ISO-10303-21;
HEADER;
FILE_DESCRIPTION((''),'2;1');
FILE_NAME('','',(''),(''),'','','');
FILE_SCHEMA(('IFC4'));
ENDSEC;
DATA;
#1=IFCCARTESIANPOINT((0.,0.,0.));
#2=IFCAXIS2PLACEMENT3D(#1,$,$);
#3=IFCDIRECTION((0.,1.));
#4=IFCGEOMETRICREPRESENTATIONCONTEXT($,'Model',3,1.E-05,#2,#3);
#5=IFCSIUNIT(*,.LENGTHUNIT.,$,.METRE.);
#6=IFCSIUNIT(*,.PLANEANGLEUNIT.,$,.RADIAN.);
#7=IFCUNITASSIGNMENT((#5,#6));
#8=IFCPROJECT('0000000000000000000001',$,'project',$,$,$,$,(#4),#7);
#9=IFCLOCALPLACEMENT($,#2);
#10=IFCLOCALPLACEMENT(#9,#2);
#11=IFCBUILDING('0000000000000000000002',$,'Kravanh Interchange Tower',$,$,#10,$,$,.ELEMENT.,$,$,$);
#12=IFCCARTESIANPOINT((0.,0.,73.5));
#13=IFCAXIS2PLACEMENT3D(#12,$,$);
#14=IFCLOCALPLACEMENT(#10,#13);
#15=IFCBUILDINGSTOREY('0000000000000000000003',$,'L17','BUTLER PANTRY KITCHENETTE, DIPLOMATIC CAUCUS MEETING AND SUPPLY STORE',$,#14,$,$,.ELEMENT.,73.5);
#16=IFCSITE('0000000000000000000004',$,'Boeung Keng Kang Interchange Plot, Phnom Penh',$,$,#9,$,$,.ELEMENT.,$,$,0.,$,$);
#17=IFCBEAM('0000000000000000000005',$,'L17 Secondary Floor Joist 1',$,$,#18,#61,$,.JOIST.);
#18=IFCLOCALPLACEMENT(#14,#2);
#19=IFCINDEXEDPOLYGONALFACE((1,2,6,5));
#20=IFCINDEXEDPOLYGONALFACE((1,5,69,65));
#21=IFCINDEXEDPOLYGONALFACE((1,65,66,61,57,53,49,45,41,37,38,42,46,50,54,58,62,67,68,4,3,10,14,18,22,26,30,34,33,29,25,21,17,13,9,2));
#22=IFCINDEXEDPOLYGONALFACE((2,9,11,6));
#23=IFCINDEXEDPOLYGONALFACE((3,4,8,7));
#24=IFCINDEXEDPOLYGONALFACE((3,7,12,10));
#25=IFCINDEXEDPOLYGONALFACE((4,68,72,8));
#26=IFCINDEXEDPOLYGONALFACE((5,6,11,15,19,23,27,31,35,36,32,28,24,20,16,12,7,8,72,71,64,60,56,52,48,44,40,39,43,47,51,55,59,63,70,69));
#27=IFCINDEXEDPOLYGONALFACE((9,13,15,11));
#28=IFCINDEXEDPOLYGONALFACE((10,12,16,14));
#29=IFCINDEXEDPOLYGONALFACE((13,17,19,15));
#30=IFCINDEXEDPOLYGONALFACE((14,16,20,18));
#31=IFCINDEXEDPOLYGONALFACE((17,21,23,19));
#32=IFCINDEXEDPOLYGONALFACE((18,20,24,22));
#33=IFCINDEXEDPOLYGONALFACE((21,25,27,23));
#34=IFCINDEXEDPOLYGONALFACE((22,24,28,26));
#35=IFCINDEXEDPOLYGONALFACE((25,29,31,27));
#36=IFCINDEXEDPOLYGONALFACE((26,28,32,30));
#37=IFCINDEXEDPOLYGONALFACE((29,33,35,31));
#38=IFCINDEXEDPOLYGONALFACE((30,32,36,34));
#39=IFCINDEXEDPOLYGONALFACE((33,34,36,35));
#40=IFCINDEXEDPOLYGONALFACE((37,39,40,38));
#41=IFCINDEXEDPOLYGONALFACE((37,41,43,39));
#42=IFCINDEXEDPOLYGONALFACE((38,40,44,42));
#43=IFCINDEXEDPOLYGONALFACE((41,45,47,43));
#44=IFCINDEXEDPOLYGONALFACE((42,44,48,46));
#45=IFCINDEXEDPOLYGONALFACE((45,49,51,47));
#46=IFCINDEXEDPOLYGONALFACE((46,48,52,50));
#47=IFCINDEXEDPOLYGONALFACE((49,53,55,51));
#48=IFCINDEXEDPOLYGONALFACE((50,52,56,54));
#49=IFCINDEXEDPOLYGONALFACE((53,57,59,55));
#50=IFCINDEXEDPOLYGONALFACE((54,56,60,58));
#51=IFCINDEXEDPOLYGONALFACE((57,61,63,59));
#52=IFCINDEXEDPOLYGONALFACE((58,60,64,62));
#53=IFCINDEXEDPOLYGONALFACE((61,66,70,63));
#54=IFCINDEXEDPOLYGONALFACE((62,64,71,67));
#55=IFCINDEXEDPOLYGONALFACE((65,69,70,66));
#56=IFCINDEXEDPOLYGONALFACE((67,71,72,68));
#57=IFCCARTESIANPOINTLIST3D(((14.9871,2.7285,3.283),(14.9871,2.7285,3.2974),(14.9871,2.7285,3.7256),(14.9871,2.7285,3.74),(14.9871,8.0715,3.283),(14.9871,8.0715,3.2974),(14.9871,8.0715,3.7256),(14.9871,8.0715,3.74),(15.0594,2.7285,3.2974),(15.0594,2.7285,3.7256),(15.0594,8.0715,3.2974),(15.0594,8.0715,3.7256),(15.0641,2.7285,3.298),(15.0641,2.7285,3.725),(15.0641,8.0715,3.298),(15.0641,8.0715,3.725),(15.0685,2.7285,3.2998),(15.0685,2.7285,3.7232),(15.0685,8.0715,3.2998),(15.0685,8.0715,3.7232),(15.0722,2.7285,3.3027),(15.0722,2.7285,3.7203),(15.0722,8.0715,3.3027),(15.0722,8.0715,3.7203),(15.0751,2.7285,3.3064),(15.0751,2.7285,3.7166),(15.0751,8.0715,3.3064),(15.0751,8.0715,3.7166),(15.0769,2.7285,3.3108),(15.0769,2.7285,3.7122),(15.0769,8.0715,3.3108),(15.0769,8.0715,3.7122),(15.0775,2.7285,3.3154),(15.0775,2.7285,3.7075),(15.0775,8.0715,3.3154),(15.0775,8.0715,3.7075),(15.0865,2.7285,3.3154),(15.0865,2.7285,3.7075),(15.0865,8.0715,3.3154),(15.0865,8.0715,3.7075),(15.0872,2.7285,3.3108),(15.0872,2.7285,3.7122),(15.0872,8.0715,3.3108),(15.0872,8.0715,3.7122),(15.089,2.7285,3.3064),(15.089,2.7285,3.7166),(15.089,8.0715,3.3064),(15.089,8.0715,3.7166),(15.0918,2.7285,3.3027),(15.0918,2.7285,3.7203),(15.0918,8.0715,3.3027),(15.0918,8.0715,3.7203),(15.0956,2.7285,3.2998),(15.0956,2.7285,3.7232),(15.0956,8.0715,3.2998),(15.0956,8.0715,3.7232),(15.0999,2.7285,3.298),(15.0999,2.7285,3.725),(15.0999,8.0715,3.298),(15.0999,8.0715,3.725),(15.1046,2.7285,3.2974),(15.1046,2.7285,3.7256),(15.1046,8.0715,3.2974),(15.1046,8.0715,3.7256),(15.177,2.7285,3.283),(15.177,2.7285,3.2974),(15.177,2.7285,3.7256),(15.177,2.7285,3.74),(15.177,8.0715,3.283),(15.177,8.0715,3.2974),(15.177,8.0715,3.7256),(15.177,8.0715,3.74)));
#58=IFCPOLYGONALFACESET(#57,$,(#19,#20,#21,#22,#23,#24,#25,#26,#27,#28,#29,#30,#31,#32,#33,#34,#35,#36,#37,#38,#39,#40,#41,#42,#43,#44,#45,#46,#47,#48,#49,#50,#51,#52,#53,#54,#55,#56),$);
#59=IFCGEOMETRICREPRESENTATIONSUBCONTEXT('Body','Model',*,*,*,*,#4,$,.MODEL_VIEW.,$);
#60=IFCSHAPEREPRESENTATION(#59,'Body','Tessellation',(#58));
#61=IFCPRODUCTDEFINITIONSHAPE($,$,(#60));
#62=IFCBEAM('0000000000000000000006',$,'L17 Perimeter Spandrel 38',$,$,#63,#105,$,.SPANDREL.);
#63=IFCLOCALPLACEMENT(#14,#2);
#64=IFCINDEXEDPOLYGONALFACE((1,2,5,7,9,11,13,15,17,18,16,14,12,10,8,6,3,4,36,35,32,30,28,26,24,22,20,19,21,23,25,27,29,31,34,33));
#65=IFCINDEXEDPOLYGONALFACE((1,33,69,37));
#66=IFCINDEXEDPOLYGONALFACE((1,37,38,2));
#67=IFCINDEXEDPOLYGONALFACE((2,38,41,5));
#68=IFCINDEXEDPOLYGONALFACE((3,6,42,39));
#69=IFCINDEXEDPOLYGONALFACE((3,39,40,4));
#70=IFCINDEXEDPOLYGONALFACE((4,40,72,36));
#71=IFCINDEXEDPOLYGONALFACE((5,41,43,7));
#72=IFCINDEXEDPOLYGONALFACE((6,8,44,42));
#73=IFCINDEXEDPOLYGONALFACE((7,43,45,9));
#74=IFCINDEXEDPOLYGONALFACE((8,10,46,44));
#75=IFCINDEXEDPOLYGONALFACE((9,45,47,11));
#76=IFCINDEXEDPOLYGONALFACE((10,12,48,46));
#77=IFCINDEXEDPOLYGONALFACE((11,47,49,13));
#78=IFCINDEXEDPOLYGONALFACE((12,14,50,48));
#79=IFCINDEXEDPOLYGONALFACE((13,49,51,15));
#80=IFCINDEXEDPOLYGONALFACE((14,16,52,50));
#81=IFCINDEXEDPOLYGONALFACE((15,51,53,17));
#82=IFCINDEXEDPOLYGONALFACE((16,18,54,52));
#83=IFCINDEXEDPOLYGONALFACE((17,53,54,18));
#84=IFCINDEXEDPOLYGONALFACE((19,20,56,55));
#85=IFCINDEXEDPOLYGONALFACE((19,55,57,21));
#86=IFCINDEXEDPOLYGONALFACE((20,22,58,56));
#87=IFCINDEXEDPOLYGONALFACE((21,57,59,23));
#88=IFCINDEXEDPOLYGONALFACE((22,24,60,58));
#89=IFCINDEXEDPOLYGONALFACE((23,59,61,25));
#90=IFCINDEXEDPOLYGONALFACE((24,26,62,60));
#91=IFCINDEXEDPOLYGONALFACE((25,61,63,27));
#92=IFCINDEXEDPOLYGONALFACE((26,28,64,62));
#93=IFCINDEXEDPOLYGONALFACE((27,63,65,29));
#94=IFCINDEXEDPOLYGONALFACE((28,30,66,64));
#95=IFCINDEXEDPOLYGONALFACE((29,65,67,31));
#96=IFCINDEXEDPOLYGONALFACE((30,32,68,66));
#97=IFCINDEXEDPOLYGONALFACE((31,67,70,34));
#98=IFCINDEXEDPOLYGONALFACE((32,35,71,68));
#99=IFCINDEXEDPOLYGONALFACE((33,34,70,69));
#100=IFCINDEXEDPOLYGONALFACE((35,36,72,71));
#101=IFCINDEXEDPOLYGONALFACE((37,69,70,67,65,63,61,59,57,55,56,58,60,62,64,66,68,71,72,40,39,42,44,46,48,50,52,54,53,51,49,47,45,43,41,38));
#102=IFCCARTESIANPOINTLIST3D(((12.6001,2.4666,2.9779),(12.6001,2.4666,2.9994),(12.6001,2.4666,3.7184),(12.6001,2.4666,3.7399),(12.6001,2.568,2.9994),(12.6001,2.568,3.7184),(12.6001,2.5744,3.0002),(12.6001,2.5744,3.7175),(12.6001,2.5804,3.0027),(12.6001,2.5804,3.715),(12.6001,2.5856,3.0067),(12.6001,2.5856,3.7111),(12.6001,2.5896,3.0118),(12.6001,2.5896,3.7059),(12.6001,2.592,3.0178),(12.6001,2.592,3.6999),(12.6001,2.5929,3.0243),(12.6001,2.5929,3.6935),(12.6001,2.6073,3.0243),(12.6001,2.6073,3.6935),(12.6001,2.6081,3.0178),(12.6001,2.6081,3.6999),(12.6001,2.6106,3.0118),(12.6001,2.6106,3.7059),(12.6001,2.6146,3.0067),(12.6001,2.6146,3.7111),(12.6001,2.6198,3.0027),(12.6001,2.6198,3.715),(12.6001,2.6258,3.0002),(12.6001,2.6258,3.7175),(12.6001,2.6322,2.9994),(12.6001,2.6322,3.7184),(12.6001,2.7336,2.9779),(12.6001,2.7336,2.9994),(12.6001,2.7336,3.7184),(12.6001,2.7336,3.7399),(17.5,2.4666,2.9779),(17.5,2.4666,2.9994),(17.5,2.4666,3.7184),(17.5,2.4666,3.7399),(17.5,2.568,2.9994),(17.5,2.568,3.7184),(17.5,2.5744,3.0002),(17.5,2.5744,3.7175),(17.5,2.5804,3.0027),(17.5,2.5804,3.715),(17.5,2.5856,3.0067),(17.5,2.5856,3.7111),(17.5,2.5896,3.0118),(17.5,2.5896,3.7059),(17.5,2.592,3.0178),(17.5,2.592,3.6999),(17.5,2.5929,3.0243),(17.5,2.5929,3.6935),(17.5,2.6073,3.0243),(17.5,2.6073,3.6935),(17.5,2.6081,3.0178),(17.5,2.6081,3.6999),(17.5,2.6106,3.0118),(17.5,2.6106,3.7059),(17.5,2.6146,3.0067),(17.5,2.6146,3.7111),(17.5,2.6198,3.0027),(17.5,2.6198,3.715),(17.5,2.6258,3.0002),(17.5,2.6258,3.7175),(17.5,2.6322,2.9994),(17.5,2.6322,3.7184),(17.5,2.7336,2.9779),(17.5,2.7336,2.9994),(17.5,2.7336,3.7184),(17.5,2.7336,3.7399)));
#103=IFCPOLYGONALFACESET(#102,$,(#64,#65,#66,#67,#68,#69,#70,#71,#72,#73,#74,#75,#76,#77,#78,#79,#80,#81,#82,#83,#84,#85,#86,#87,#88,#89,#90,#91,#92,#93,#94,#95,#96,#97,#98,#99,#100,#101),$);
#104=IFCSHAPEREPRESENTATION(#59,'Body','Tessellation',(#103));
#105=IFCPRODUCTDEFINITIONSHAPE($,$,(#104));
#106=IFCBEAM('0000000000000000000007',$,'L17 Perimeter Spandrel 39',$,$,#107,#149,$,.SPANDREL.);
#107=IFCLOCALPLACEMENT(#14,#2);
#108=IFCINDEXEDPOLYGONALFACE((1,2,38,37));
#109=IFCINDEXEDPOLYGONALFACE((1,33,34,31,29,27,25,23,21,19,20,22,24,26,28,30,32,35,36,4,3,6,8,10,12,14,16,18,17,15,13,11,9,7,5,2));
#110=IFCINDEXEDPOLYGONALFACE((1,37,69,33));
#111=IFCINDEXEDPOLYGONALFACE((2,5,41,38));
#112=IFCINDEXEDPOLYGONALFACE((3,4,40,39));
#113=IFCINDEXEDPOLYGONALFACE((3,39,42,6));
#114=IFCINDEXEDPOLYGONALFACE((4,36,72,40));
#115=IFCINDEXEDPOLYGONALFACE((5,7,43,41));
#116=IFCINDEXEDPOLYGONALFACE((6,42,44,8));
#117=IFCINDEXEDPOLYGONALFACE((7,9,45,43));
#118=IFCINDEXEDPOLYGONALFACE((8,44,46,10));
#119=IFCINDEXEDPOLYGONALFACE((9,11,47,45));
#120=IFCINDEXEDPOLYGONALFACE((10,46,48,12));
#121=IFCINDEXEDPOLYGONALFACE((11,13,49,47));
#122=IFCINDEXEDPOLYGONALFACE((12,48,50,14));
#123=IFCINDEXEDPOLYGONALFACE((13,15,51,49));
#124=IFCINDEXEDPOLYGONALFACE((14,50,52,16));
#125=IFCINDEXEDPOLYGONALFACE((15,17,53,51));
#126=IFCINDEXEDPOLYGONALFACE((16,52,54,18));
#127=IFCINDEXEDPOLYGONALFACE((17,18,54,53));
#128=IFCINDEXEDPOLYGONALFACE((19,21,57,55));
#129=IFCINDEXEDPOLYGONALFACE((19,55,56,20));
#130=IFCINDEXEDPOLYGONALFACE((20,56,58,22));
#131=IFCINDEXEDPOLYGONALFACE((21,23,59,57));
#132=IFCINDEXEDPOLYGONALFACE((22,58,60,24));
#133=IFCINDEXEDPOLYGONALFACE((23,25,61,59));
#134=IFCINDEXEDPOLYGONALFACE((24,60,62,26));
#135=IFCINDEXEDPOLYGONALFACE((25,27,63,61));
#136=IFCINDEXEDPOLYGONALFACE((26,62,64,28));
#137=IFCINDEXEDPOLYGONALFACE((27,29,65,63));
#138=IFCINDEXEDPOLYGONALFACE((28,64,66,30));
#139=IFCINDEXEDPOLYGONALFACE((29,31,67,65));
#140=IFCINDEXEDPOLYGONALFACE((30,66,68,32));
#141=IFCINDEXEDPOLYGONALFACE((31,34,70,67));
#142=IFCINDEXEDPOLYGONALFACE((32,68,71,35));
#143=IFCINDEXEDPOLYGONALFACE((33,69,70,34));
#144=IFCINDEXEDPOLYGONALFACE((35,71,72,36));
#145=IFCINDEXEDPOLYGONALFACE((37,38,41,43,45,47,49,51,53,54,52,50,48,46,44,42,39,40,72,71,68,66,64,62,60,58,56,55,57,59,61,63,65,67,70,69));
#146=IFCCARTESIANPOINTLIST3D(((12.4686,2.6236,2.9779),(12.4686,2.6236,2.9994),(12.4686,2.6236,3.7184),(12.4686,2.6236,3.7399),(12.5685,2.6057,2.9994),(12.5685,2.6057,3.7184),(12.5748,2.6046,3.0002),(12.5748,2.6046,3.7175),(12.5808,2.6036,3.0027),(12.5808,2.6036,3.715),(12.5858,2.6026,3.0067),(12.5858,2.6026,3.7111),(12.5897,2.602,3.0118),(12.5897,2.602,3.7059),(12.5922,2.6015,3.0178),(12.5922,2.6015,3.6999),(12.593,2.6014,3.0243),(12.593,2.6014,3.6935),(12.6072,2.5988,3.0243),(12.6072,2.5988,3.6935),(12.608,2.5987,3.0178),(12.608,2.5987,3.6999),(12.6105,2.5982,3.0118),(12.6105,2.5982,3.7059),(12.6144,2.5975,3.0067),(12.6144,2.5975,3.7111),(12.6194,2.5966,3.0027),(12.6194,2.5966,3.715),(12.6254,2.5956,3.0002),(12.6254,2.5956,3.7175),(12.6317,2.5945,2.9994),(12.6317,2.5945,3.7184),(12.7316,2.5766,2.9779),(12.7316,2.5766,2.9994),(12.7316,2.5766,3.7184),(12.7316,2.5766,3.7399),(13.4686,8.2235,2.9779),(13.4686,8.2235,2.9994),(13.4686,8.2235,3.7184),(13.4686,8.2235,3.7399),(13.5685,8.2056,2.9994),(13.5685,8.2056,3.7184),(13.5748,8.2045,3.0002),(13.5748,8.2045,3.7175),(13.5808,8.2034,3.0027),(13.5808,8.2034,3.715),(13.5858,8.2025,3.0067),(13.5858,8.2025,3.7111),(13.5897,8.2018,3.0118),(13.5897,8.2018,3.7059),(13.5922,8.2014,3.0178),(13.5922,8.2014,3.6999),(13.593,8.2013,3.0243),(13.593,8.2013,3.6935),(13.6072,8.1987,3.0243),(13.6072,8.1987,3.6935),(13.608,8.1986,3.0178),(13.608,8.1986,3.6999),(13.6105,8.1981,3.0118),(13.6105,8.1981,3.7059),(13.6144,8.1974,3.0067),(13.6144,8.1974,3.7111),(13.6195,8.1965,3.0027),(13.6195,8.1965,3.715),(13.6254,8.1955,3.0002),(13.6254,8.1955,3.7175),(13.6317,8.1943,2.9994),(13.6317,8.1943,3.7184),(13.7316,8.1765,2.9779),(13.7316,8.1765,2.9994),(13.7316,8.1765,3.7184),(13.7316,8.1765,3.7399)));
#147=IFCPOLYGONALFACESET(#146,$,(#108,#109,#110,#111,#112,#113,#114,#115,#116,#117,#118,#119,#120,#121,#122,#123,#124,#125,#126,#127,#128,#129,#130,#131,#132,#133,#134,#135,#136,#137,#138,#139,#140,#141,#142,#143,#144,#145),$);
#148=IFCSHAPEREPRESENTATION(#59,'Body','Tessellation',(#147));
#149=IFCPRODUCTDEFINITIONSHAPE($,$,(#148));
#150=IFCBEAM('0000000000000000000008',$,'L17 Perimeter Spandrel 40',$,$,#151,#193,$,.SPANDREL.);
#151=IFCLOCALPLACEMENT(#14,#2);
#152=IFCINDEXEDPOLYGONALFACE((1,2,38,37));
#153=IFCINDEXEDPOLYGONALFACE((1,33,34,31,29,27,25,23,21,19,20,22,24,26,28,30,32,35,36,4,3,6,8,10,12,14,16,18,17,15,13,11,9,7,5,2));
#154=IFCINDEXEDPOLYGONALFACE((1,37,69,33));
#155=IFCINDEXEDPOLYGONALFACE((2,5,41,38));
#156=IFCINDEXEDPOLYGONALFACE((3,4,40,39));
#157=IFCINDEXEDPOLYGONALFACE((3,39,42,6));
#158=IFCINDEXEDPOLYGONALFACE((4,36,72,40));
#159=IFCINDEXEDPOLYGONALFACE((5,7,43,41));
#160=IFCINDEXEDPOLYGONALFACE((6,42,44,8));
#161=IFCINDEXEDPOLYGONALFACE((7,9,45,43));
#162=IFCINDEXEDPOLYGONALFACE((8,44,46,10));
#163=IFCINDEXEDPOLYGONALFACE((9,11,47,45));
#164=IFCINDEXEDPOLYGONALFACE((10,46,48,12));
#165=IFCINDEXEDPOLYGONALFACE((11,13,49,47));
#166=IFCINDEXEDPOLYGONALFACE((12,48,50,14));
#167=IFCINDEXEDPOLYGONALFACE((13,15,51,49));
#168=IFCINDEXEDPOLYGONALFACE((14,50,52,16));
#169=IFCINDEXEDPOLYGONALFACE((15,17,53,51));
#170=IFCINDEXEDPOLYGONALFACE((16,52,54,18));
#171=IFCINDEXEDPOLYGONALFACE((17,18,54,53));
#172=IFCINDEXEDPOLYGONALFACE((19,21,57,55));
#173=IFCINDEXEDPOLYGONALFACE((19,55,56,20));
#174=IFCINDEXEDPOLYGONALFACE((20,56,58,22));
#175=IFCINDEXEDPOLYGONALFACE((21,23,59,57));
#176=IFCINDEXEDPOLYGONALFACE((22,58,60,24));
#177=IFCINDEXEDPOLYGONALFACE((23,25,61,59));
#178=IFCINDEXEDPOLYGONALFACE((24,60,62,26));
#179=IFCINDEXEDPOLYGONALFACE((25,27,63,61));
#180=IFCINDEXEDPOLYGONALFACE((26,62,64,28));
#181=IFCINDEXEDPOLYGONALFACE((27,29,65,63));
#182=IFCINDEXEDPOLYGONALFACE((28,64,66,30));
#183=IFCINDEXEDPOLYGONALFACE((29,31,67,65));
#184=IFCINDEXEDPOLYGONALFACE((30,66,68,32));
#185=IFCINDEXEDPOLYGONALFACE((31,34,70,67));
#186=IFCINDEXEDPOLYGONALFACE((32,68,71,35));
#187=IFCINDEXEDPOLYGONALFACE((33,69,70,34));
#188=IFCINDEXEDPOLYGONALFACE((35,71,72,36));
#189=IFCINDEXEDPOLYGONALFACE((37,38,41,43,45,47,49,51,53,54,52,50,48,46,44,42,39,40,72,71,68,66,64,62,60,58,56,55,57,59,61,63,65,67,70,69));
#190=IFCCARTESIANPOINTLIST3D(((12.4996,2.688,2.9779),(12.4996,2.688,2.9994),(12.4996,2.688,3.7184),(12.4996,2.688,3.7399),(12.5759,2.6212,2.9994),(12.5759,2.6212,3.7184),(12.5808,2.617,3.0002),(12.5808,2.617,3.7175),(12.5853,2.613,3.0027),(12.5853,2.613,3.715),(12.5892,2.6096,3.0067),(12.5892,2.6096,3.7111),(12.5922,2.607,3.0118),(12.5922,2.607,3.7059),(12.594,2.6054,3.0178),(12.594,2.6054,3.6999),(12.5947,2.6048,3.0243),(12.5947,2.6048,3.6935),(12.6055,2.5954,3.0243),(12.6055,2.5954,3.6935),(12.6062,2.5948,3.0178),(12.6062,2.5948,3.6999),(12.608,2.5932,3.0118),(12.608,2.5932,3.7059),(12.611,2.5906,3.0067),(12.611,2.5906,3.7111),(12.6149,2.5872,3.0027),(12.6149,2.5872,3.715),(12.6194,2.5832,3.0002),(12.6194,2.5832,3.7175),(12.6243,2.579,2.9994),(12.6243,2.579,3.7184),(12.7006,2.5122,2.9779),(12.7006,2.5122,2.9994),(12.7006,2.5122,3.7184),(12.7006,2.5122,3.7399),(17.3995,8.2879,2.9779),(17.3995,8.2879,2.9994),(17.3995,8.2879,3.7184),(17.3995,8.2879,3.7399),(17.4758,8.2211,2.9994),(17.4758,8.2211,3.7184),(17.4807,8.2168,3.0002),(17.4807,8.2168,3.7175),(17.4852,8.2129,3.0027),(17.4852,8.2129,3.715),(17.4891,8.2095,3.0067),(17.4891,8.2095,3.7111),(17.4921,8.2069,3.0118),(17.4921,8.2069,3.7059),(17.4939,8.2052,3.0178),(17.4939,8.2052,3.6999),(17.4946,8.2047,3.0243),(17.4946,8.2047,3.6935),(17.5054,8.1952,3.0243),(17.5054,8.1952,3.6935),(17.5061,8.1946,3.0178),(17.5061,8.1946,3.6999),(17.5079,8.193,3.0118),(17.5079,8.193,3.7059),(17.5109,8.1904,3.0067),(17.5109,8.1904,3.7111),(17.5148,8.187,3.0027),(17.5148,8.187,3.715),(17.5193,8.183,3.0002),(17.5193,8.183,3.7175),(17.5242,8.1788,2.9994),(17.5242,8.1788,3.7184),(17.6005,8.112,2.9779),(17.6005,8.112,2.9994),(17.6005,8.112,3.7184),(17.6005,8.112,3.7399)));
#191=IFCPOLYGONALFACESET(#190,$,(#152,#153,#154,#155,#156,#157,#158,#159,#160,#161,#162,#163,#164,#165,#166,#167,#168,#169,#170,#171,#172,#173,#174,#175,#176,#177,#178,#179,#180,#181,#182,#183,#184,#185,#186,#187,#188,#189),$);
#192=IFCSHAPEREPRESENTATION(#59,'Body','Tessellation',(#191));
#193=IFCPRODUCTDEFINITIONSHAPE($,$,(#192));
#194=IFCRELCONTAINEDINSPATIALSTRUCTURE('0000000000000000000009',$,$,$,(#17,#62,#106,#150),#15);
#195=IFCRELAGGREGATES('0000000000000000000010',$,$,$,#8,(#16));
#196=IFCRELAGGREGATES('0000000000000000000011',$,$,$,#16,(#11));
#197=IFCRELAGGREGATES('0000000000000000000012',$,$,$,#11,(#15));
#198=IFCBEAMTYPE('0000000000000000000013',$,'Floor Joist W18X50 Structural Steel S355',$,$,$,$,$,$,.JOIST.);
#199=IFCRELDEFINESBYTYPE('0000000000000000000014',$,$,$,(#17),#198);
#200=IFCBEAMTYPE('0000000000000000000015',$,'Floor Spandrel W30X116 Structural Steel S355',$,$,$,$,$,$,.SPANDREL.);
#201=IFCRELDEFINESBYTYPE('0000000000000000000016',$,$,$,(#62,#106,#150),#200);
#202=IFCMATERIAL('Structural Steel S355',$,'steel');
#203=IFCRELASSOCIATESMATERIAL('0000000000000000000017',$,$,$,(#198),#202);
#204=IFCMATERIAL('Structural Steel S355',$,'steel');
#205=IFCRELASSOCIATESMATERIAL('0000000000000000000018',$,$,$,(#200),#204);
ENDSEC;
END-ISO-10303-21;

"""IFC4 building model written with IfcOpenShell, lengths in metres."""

from ifc_helpers import new_model, si_unit, direction, frame, origin, origin_2d, place, context, subcontext, project, spatial, i_section, extrude, material, material_profile, profile_set, type_object, element, save


model = new_model("IFC4")

# Units and contexts
model_context = context("Model", 3, precision=1e-05, world=origin(), true_north=direction((0.0, 1.0)))
body_context = subcontext(model_context, "Body", "Model", "MODEL_VIEW")
ifc_project = project(units=[si_unit("LENGTHUNIT", "METRE"), si_unit("PLANEANGLEUNIT", "RADIAN")], contexts=[model_context])

# Site, building, storey
site_placement = place(None, origin())
site = spatial("IfcSite", under=ifc_project, at=site_placement, Name="Boeung Keng Kang Interchange Plot, Phnom Penh", CompositionType="ELEMENT", RefElevation=0.0)
building_placement = place(site_placement, origin())
building = spatial("IfcBuilding", under=site, at=building_placement, Name="Kravanh Interchange Tower", CompositionType="ELEMENT")
storey_placement = place(building_placement, frame((0.0, 0.0, 73.5)))
storey = spatial("IfcBuildingStorey", under=building, at=storey_placement, Name="L17", Description="BUTLER PANTRY KITCHENETTE, DIPLOMATIC CAUCUS MEETING AND SUPPLY STORE", CompositionType="ELEMENT", Elevation=73.5)

# Beams
ifc_material_1 = material(Name="Structural Steel S355", Category="steel")
ifc_material_profile_1 = material_profile(ifc_material_1, i_section(OverallWidth=0.1899, OverallDepth=0.457, WebThickness=0.009, FlangeThickness=0.0144, FilletRadius=0.0181, at=origin_2d()), Name="W18X50")
ifc_profile_set_1 = profile_set([ifc_material_profile_1], Name="Structural Steel S355")
beam_type_1 = type_object("IfcBeamType", Name="Floor Joist W18X50 Structural Steel S355", PredefinedType="JOIST", material=ifc_profile_set_1)
beam_1_placement = place(storey_placement, frame((15.082, 2.7285, 3.5115), z_axis=(0.0, 1.0, 0.0), x_axis=(-1.0, 0.0, 0.0)))
element("IfcBeam", 1, at=beam_1_placement, inside=storey, type_object=beam_type_1, Name="L17 Secondary Floor Joist 1", PredefinedType="JOIST", context=body_context, shape_type="SweptSolid", body=[
    extrude(i_section(OverallWidth=0.1899, OverallDepth=0.457, WebThickness=0.009, FlangeThickness=0.0144, FilletRadius=0.0181, at=origin_2d()), origin(), (0.0, 0.0, 1.0), 5.343),
])
ifc_material_2 = material(Name="Structural Steel S355", Category="steel")
ifc_material_profile_2 = material_profile(ifc_material_2, i_section(OverallWidth=0.2671, OverallDepth=0.762, WebThickness=0.0144, FlangeThickness=0.0215, FilletRadius=0.0249, at=origin_2d()), Name="W30X116")
ifc_profile_set_2 = profile_set([ifc_material_profile_2], Name="Structural Steel S355")
beam_type_2 = type_object("IfcBeamType", Name="Floor Spandrel W30X116 Structural Steel S355", PredefinedType="SPANDREL", material=ifc_profile_set_2)
beam_2_placement = place(storey_placement, frame((12.6001, 2.6001, 3.3589), z_axis=(1.0, 0.0, 0.0), x_axis=(0.0, 1.0, 0.0)))
element("IfcBeam", 2, at=beam_2_placement, inside=storey, type_object=beam_type_2, Name="L17 Perimeter Spandrel 38", PredefinedType="SPANDREL", context=body_context, shape_type="SweptSolid", body=[
    extrude(i_section(OverallWidth=0.2671, OverallDepth=0.762, WebThickness=0.0144, FlangeThickness=0.0215, FilletRadius=0.0249, at=origin_2d()), origin(), (0.0, 0.0, 1.0), 4.8999),
])
beam_3_placement = place(storey_placement, frame((12.6001, 2.6001, 3.3589), z_axis=(0.175795, 0.984427, 0.0), x_axis=(-0.984427, 0.175795, 0.0)))
element("IfcBeam", 3, at=beam_3_placement, inside=storey, type_object=beam_type_2, Name="L17 Perimeter Spandrel 39", PredefinedType="SPANDREL", context=body_context, shape_type="SweptSolid", body=[
    extrude(i_section(OverallWidth=0.2671, OverallDepth=0.762, WebThickness=0.0144, FlangeThickness=0.0215, FilletRadius=0.0249, at=origin_2d()), origin(), (0.0, 0.0, 1.0), 5.6885),
])
beam_4_placement = place(storey_placement, frame((12.6001, 2.6001, 3.3589), z_axis=(0.658507, 0.752575, 0.0), x_axis=(-0.752575, 0.658507, 0.0)))
element("IfcBeam", 4, at=beam_4_placement, inside=storey, type_object=beam_type_2, Name="L17 Perimeter Spandrel 40", PredefinedType="SPANDREL", context=body_context, shape_type="SweptSolid", body=[
    extrude(i_section(OverallWidth=0.2671, OverallDepth=0.762, WebThickness=0.0144, FlangeThickness=0.0215, FilletRadius=0.0249, at=origin_2d()), origin(), (0.0, 0.0, 1.0), 7.4409),
])

save(model, "model.ifc")
